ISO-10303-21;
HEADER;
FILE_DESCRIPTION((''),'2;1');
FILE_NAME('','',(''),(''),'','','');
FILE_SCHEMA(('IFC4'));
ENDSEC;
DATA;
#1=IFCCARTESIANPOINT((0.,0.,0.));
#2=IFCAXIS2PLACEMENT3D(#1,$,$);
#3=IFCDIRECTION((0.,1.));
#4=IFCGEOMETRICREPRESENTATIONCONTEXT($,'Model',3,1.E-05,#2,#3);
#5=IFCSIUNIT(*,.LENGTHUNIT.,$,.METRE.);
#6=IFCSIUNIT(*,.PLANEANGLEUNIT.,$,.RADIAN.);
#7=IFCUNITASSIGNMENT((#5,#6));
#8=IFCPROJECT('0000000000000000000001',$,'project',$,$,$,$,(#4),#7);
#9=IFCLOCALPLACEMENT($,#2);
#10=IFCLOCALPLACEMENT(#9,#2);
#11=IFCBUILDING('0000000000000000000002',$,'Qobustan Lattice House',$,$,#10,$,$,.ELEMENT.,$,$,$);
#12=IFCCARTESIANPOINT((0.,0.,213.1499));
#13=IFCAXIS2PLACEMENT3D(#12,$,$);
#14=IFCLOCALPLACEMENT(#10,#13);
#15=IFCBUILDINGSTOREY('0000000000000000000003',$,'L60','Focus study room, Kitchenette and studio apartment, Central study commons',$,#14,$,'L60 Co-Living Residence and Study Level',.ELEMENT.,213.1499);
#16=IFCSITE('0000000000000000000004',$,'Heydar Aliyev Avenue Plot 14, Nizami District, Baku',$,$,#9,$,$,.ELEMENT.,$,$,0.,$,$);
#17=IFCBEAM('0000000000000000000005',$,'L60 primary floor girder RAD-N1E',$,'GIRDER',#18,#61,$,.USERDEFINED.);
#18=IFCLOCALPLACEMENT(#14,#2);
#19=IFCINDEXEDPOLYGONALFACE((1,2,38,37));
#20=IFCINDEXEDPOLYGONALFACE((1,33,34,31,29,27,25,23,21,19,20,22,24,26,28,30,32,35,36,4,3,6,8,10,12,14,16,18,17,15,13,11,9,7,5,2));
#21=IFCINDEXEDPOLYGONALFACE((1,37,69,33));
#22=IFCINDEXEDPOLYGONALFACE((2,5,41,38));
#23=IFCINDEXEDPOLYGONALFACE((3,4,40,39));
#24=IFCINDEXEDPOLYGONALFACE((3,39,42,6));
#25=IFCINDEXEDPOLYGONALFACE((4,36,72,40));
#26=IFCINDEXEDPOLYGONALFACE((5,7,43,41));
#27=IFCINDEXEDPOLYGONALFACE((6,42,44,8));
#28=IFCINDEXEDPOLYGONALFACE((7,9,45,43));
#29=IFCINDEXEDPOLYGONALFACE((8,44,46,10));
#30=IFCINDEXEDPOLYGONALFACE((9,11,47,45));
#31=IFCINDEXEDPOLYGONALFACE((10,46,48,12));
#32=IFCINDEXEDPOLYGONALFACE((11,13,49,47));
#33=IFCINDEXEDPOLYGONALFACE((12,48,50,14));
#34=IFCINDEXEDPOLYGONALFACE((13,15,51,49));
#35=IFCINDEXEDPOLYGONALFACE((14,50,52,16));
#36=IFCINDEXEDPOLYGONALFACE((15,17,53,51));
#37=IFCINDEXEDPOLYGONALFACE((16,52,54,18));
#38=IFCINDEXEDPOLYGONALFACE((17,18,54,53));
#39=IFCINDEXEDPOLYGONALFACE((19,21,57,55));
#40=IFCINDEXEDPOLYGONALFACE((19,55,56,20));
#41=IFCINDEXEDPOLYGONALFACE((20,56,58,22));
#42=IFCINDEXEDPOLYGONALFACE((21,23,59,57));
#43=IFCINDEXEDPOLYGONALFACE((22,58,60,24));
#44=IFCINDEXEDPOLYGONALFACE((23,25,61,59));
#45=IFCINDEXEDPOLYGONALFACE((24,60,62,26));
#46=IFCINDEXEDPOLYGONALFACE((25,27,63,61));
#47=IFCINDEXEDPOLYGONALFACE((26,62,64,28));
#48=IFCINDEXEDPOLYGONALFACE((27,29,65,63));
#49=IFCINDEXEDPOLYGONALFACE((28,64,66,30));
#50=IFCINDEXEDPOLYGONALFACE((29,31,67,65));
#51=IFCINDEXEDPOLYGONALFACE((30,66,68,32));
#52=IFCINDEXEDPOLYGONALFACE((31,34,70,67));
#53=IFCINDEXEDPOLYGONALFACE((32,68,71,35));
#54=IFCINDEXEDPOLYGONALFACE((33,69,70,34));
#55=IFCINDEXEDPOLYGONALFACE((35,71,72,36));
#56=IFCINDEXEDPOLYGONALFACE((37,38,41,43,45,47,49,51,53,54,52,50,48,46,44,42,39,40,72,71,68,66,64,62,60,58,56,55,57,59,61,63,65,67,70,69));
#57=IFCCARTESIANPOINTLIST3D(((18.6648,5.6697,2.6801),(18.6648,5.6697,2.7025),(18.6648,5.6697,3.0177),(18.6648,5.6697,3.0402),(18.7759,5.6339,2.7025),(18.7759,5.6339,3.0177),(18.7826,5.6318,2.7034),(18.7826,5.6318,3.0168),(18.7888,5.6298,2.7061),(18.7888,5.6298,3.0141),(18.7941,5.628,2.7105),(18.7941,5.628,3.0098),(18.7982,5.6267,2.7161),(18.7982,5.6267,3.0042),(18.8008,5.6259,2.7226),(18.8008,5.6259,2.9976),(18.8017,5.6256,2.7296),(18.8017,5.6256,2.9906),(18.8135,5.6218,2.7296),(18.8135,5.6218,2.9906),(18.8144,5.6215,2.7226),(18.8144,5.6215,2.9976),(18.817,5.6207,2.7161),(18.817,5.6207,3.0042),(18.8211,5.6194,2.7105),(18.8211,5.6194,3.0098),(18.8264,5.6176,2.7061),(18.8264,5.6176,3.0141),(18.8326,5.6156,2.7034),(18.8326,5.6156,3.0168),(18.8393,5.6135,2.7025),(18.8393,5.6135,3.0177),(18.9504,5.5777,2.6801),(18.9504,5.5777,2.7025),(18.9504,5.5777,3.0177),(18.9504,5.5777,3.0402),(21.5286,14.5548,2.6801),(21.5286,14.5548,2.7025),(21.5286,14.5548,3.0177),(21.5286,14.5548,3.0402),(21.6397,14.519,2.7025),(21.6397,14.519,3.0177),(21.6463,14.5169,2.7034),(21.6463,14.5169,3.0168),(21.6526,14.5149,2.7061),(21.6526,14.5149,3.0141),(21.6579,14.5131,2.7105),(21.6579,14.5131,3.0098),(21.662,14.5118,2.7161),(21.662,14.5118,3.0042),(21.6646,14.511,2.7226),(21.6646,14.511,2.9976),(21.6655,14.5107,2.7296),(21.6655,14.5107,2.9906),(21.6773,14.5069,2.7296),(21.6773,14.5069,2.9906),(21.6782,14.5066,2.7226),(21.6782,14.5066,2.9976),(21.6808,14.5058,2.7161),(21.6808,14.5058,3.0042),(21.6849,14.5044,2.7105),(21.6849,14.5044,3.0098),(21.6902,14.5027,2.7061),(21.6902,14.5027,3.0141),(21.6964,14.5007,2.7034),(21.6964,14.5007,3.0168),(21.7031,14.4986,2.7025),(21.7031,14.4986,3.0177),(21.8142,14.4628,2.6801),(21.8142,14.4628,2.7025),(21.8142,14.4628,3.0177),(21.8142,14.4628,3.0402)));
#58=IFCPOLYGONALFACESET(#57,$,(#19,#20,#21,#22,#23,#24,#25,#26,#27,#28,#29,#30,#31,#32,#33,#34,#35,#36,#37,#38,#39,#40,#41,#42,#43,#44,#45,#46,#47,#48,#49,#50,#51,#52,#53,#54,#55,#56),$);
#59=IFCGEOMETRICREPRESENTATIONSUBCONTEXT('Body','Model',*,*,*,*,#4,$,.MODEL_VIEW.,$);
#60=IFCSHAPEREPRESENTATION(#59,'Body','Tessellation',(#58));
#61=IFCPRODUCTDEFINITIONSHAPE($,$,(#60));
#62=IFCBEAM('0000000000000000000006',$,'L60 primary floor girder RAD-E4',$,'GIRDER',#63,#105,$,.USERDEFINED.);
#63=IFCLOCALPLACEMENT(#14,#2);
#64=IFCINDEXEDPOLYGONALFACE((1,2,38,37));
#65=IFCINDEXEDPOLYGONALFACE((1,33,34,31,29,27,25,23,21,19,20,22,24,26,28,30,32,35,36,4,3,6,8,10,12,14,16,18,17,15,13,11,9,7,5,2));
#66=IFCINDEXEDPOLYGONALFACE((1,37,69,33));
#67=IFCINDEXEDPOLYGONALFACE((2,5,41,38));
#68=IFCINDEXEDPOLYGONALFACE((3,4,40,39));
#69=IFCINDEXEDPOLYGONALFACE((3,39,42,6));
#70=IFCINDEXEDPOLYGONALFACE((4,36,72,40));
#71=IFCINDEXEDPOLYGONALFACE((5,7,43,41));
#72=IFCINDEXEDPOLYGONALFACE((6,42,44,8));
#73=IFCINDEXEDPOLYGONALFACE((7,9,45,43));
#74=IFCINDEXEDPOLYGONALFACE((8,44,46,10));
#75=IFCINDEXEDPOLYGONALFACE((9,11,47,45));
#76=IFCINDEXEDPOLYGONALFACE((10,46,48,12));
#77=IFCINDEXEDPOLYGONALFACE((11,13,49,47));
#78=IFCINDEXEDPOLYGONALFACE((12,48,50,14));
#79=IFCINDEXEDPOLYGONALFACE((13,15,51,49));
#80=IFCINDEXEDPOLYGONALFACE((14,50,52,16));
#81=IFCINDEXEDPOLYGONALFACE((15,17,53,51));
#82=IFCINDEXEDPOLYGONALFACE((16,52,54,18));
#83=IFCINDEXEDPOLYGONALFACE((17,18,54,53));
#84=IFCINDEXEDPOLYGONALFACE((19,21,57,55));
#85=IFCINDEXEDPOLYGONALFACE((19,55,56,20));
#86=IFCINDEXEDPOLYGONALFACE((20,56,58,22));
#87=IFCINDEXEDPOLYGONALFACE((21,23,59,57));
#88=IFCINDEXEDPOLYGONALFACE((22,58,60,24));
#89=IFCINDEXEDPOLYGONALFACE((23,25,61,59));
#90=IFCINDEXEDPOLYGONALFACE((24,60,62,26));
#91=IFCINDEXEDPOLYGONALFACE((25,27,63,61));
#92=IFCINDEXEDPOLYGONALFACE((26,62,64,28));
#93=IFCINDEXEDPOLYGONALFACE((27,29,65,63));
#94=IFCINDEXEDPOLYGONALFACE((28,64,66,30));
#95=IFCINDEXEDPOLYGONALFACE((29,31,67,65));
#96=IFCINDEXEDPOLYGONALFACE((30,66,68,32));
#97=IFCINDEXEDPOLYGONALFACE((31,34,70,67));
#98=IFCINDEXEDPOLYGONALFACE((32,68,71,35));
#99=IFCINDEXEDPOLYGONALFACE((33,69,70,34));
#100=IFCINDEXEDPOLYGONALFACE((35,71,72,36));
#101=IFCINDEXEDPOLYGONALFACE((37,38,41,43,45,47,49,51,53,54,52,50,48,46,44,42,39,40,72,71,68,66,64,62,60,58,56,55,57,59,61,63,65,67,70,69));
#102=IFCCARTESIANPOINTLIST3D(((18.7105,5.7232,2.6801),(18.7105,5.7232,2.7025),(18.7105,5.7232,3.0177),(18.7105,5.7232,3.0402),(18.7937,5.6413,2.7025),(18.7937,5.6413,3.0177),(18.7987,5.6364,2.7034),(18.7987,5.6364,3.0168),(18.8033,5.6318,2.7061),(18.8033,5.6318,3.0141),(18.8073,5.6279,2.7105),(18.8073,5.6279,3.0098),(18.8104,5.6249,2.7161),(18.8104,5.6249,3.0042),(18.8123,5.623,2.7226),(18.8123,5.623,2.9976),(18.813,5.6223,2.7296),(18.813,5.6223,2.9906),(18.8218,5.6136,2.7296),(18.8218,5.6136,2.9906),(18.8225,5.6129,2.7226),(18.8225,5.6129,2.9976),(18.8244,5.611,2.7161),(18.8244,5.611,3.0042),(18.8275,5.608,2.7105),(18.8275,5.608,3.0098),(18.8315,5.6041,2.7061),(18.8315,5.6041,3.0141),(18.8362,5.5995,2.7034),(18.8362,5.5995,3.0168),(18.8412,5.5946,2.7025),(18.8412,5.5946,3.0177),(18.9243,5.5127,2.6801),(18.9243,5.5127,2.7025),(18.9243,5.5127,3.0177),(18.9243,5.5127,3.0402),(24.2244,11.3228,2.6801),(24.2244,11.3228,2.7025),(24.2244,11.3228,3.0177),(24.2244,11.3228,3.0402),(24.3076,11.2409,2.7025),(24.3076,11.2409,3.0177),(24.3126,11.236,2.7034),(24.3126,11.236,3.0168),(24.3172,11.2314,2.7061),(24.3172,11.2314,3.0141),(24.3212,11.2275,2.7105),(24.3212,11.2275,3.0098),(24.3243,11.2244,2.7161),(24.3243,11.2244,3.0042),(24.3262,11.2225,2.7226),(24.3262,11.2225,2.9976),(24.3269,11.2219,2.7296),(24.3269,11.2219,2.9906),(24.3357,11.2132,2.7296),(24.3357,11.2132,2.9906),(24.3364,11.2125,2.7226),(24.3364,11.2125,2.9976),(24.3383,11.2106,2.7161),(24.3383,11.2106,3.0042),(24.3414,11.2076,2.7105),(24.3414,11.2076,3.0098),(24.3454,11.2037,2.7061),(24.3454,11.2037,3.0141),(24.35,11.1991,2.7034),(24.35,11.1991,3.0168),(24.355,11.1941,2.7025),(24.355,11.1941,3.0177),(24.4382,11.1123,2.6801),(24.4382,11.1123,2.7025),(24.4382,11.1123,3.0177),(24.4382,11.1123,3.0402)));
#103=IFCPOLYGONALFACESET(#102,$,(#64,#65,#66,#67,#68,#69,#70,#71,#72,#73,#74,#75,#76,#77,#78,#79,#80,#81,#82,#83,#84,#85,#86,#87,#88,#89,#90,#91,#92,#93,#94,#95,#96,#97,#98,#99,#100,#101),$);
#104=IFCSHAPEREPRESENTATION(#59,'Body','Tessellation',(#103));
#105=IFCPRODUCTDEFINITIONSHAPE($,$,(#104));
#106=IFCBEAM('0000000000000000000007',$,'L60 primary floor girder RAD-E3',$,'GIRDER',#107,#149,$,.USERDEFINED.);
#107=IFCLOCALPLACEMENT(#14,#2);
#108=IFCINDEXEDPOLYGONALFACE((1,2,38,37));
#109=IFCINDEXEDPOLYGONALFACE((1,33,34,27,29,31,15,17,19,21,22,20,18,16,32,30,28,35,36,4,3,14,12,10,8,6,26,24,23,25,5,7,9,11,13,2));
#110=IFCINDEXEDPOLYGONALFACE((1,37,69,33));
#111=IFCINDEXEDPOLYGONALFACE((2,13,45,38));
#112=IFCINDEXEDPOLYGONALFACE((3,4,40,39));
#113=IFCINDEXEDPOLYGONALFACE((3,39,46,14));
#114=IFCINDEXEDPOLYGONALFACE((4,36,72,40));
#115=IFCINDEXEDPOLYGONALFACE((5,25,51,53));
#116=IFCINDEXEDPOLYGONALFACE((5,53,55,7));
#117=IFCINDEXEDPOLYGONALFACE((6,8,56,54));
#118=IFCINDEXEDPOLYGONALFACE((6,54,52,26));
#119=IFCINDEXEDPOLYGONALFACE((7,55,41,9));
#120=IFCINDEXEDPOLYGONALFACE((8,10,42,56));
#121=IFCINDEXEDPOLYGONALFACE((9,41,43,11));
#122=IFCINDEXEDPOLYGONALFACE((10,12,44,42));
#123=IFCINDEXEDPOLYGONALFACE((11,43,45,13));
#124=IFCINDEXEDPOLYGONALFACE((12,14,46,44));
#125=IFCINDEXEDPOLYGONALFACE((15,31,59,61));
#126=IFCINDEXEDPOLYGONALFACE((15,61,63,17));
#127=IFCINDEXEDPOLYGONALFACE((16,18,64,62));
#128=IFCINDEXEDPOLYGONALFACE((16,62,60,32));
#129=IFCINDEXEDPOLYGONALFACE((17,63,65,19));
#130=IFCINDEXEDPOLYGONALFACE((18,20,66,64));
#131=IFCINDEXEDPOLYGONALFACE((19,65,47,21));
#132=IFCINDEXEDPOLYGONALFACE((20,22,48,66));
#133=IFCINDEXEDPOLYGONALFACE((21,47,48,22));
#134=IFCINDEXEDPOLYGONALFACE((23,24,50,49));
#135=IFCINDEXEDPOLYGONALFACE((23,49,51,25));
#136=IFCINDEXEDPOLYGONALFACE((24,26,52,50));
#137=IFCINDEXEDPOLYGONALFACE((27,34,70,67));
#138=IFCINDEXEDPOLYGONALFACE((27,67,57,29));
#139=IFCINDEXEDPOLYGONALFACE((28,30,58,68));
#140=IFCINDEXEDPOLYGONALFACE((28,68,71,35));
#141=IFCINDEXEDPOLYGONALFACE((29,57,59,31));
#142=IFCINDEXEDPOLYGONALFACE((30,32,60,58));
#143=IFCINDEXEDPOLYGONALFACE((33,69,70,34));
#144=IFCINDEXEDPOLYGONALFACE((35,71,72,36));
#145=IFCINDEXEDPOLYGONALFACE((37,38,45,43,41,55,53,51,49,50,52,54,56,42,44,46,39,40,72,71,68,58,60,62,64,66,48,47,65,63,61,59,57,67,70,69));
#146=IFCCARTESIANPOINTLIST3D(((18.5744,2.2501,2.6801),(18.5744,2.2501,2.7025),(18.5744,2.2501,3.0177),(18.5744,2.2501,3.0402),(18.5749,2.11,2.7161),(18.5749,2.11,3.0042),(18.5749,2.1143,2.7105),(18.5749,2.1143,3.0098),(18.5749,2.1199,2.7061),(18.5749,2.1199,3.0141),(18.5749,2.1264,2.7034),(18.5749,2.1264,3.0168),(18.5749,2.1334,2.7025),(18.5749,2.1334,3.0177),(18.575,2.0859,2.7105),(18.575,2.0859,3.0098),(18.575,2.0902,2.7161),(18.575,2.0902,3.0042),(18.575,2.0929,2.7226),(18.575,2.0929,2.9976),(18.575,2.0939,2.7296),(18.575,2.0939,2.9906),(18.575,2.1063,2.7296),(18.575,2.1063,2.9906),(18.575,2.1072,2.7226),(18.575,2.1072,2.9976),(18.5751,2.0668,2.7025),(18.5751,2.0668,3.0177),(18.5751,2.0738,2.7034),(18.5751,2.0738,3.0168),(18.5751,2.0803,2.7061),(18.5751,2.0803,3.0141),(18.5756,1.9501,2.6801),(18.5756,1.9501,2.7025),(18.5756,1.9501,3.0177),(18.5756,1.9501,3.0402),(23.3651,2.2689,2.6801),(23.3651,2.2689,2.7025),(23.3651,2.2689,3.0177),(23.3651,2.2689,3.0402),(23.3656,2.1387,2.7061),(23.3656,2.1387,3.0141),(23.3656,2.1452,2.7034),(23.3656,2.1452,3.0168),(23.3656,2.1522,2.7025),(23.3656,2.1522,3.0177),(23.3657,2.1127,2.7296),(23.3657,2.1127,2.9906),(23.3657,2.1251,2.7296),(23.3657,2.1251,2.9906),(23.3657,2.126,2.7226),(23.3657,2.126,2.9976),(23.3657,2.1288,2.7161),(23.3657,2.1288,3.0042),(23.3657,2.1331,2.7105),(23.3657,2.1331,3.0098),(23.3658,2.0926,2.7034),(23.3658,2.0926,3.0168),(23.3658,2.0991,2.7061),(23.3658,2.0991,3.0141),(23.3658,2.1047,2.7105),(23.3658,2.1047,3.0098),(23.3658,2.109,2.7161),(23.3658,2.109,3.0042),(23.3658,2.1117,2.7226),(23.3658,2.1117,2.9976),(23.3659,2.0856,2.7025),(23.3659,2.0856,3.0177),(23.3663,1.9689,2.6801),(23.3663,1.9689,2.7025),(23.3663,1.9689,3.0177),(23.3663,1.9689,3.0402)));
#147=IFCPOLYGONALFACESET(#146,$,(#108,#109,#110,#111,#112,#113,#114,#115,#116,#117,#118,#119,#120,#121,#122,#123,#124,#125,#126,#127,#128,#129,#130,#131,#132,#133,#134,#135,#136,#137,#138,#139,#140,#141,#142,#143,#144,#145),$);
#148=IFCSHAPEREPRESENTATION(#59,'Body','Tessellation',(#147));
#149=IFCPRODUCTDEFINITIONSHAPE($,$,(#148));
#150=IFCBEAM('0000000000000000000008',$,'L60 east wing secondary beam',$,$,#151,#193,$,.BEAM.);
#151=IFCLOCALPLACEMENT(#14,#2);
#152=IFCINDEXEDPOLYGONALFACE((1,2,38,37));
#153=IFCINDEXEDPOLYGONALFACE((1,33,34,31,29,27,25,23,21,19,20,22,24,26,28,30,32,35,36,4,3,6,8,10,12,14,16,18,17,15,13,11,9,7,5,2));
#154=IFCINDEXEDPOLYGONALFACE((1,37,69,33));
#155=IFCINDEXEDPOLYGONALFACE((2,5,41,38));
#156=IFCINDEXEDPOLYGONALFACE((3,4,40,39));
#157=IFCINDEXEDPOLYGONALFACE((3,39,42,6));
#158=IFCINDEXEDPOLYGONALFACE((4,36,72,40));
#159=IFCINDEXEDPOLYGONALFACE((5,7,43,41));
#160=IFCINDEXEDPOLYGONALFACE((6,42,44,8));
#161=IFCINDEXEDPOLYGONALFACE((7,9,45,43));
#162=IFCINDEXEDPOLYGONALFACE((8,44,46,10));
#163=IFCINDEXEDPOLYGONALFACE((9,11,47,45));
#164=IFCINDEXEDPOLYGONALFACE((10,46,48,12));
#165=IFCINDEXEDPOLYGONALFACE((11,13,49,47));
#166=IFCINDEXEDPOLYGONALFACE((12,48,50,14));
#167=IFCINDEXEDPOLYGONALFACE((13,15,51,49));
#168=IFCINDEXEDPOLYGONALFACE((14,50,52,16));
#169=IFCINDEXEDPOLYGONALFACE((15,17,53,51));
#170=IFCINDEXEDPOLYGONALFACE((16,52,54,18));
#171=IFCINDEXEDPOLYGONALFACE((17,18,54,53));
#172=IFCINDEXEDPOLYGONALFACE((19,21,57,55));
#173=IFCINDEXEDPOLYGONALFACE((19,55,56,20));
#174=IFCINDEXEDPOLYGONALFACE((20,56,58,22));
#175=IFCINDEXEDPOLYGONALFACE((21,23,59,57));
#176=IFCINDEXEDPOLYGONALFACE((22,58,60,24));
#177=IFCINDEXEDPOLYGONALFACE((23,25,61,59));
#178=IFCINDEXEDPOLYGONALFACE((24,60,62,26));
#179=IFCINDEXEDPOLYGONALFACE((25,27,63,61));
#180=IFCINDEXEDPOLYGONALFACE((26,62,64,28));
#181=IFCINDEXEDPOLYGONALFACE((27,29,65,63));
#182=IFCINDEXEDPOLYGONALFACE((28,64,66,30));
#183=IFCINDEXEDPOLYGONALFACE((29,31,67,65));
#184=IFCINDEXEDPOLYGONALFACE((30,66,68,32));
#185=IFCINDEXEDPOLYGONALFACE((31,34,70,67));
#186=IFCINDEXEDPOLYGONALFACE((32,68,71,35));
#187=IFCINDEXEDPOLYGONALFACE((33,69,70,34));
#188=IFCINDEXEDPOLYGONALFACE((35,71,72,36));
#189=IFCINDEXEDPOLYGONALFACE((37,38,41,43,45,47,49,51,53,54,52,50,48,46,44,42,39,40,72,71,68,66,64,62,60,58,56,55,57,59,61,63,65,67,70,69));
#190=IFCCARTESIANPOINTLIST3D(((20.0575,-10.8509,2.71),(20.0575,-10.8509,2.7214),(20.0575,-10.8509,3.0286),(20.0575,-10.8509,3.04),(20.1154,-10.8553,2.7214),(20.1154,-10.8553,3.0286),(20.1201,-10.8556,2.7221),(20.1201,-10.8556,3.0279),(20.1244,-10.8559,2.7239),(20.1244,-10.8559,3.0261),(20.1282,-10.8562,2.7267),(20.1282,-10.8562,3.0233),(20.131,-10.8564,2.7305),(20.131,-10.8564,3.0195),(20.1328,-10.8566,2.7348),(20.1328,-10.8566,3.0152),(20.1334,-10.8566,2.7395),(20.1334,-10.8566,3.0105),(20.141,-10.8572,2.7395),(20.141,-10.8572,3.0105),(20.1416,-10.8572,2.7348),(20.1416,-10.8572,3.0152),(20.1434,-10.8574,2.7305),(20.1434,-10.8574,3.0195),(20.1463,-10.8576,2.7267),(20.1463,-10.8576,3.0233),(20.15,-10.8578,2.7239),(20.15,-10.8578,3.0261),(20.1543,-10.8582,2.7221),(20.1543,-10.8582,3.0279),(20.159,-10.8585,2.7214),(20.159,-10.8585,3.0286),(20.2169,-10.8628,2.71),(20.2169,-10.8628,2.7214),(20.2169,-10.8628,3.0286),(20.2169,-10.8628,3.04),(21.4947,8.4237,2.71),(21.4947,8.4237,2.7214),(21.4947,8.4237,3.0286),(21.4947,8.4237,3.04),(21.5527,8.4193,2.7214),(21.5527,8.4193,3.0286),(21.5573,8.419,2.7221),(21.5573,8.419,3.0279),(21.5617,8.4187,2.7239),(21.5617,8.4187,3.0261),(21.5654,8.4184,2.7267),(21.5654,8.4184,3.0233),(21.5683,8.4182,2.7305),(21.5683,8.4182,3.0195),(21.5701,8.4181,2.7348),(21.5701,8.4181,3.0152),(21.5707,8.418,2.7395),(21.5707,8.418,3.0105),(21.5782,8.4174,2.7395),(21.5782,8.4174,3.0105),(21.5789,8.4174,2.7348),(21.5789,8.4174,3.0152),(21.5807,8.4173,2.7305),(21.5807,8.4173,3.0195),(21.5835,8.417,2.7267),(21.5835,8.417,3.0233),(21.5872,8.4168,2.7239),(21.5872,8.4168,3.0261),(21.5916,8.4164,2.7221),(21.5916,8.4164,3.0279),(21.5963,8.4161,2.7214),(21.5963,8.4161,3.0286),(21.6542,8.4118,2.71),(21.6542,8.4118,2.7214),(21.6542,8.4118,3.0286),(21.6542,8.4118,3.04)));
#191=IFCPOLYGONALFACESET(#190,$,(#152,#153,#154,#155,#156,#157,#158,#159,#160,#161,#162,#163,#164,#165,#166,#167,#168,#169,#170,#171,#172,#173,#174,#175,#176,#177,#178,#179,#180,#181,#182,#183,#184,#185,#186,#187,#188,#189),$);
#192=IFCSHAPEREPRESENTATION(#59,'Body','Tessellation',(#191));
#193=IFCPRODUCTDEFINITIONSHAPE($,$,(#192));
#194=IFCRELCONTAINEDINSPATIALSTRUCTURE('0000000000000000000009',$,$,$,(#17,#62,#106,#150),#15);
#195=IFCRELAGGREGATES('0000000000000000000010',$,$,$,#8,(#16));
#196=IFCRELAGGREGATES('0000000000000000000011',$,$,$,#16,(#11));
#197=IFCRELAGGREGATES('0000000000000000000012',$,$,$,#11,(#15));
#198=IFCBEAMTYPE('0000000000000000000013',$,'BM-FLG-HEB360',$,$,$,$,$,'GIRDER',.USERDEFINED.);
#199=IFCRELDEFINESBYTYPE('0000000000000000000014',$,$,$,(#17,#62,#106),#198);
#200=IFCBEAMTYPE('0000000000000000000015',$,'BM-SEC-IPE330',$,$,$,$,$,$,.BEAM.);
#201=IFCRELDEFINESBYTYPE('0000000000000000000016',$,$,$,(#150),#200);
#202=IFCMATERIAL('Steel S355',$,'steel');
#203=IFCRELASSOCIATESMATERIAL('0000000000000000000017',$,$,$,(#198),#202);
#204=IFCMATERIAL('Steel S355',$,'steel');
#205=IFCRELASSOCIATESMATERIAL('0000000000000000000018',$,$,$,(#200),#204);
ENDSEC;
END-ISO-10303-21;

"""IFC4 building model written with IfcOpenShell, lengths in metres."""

from ifc_helpers import new_model, si_unit, direction, frame, origin, origin_2d, place, context, subcontext, project, spatial, i_section, extrude, material, material_profile, profile_set, type_object, element, save


model = new_model("IFC4")

# Units and contexts
model_context = context("Model", 3, precision=1e-05, world=origin(), true_north=direction((0.0, 1.0)))
body_context = subcontext(model_context, "Body", "Model", "MODEL_VIEW")
ifc_project = project(units=[si_unit("LENGTHUNIT", "METRE"), si_unit("PLANEANGLEUNIT", "RADIAN")], contexts=[model_context])

# Site, building, storey
site_placement = place(None, origin())
site = spatial("IfcSite", under=ifc_project, at=site_placement, Name="Heydar Aliyev Avenue Plot 14, Nizami District, Baku", CompositionType="ELEMENT", RefElevation=0.0)
building_placement = place(site_placement, origin())
building = spatial("IfcBuilding", under=site, at=building_placement, Name="Qobustan Lattice House", CompositionType="ELEMENT")
storey_placement = place(building_placement, frame((0.0, 0.0, 213.1499)))
storey = spatial("IfcBuildingStorey", under=building, at=storey_placement, Name="L60", Description="Focus study room, Kitchenette and studio apartment, Central study commons", LongName="L60 Co-Living Residence and Study Level", CompositionType="ELEMENT", Elevation=213.1499)

# Beams
ifc_material_1 = material(Name="Steel S355", Category="steel")
ifc_material_profile_1 = material_profile(ifc_material_1, i_section(OverallWidth=0.3, OverallDepth=0.3601, WebThickness=0.0125, FlangeThickness=0.0225, FilletRadius=0.0271, at=origin_2d()), Name="HEB360")
ifc_profile_set_1 = profile_set([ifc_material_profile_1], Name="Steel S355")
beam_type_1 = type_object("IfcBeamType", Name="BM-FLG-HEB360", ElementType="GIRDER", PredefinedType="USERDEFINED", material=ifc_profile_set_1)
beam_1_placement = place(storey_placement, frame((21.6714, 14.5088, 2.8601), z_axis=(-0.306774, -0.951783, 0.0), x_axis=(0.951783, -0.306774, 0.0)))
element("IfcBeam", 1, at=beam_1_placement, inside=storey, type_object=beam_type_1, Name="L60 primary floor girder RAD-N1E", ObjectType="GIRDER", PredefinedType="USERDEFINED", context=body_context, shape_type="SweptSolid", body=[
    extrude(i_section(OverallWidth=0.3, OverallDepth=0.3601, WebThickness=0.0125, FlangeThickness=0.0225, FilletRadius=0.0271, at=origin_2d()), origin(), (0.0, 0.0, 1.0), 9.3352),
])
beam_2_placement = place(storey_placement, frame((24.3313, 11.2175, 2.8601), z_axis=(-0.701634, -0.712538, 0.0), x_axis=(0.712538, -0.701634, 0.0)))
element("IfcBeam", 2, at=beam_2_placement, inside=storey, type_object=beam_type_1, Name="L60 primary floor girder RAD-E4", ObjectType="GIRDER", PredefinedType="USERDEFINED", context=body_context, shape_type="SweptSolid", body=[
    extrude(i_section(OverallWidth=0.3, OverallDepth=0.3601, WebThickness=0.0125, FlangeThickness=0.0225, FilletRadius=0.0271, at=origin_2d()), origin(), (0.0, 0.0, 1.0), 7.8586),
])
beam_3_placement = place(storey_placement, frame((23.3657, 2.1189, 2.8601), z_axis=(-0.999992, -0.003924, 0.0), x_axis=(0.003924, -0.999992, 0.0)))
element("IfcBeam", 3, at=beam_3_placement, inside=storey, type_object=beam_type_1, Name="L60 primary floor girder RAD-E3", ObjectType="GIRDER", PredefinedType="USERDEFINED", context=body_context, shape_type="SweptSolid", body=[
    extrude(i_section(OverallWidth=0.3, OverallDepth=0.3601, WebThickness=0.0125, FlangeThickness=0.0225, FilletRadius=0.0271, at=origin_2d()), origin(), (0.0, 0.0, 1.0), 4.7908),
])
ifc_material_2 = material(Name="Steel S355", Category="steel")
ifc_material_profile_2 = material_profile(ifc_material_2, i_section(OverallWidth=0.1599, OverallDepth=0.3301, WebThickness=0.0076, FlangeThickness=0.0115, FilletRadius=0.0181, at=origin_2d()), Name="IPE330")
ifc_profile_set_2 = profile_set([ifc_material_profile_2], Name="Steel S355")
beam_type_2 = type_object("IfcBeamType", Name="BM-SEC-IPE330", PredefinedType="BEAM", material=ifc_profile_set_2)
beam_4_placement = place(storey_placement, frame((21.5745, 8.4177, 2.875), z_axis=(-0.074361, -0.997231, 0.0), x_axis=(0.997231, -0.074361, 0.0)))
element("IfcBeam", 4, at=beam_4_placement, inside=storey, type_object=beam_type_2, Name="L60 east wing secondary beam", PredefinedType="BEAM", context=body_context, shape_type="SweptSolid", body=[
    extrude(i_section(OverallWidth=0.1599, OverallDepth=0.3301, WebThickness=0.0076, FlangeThickness=0.0115, FilletRadius=0.0181, at=origin_2d()), origin(), (0.0, 0.0, 1.0), 19.3281),
])

save(model, "model.ifc")
